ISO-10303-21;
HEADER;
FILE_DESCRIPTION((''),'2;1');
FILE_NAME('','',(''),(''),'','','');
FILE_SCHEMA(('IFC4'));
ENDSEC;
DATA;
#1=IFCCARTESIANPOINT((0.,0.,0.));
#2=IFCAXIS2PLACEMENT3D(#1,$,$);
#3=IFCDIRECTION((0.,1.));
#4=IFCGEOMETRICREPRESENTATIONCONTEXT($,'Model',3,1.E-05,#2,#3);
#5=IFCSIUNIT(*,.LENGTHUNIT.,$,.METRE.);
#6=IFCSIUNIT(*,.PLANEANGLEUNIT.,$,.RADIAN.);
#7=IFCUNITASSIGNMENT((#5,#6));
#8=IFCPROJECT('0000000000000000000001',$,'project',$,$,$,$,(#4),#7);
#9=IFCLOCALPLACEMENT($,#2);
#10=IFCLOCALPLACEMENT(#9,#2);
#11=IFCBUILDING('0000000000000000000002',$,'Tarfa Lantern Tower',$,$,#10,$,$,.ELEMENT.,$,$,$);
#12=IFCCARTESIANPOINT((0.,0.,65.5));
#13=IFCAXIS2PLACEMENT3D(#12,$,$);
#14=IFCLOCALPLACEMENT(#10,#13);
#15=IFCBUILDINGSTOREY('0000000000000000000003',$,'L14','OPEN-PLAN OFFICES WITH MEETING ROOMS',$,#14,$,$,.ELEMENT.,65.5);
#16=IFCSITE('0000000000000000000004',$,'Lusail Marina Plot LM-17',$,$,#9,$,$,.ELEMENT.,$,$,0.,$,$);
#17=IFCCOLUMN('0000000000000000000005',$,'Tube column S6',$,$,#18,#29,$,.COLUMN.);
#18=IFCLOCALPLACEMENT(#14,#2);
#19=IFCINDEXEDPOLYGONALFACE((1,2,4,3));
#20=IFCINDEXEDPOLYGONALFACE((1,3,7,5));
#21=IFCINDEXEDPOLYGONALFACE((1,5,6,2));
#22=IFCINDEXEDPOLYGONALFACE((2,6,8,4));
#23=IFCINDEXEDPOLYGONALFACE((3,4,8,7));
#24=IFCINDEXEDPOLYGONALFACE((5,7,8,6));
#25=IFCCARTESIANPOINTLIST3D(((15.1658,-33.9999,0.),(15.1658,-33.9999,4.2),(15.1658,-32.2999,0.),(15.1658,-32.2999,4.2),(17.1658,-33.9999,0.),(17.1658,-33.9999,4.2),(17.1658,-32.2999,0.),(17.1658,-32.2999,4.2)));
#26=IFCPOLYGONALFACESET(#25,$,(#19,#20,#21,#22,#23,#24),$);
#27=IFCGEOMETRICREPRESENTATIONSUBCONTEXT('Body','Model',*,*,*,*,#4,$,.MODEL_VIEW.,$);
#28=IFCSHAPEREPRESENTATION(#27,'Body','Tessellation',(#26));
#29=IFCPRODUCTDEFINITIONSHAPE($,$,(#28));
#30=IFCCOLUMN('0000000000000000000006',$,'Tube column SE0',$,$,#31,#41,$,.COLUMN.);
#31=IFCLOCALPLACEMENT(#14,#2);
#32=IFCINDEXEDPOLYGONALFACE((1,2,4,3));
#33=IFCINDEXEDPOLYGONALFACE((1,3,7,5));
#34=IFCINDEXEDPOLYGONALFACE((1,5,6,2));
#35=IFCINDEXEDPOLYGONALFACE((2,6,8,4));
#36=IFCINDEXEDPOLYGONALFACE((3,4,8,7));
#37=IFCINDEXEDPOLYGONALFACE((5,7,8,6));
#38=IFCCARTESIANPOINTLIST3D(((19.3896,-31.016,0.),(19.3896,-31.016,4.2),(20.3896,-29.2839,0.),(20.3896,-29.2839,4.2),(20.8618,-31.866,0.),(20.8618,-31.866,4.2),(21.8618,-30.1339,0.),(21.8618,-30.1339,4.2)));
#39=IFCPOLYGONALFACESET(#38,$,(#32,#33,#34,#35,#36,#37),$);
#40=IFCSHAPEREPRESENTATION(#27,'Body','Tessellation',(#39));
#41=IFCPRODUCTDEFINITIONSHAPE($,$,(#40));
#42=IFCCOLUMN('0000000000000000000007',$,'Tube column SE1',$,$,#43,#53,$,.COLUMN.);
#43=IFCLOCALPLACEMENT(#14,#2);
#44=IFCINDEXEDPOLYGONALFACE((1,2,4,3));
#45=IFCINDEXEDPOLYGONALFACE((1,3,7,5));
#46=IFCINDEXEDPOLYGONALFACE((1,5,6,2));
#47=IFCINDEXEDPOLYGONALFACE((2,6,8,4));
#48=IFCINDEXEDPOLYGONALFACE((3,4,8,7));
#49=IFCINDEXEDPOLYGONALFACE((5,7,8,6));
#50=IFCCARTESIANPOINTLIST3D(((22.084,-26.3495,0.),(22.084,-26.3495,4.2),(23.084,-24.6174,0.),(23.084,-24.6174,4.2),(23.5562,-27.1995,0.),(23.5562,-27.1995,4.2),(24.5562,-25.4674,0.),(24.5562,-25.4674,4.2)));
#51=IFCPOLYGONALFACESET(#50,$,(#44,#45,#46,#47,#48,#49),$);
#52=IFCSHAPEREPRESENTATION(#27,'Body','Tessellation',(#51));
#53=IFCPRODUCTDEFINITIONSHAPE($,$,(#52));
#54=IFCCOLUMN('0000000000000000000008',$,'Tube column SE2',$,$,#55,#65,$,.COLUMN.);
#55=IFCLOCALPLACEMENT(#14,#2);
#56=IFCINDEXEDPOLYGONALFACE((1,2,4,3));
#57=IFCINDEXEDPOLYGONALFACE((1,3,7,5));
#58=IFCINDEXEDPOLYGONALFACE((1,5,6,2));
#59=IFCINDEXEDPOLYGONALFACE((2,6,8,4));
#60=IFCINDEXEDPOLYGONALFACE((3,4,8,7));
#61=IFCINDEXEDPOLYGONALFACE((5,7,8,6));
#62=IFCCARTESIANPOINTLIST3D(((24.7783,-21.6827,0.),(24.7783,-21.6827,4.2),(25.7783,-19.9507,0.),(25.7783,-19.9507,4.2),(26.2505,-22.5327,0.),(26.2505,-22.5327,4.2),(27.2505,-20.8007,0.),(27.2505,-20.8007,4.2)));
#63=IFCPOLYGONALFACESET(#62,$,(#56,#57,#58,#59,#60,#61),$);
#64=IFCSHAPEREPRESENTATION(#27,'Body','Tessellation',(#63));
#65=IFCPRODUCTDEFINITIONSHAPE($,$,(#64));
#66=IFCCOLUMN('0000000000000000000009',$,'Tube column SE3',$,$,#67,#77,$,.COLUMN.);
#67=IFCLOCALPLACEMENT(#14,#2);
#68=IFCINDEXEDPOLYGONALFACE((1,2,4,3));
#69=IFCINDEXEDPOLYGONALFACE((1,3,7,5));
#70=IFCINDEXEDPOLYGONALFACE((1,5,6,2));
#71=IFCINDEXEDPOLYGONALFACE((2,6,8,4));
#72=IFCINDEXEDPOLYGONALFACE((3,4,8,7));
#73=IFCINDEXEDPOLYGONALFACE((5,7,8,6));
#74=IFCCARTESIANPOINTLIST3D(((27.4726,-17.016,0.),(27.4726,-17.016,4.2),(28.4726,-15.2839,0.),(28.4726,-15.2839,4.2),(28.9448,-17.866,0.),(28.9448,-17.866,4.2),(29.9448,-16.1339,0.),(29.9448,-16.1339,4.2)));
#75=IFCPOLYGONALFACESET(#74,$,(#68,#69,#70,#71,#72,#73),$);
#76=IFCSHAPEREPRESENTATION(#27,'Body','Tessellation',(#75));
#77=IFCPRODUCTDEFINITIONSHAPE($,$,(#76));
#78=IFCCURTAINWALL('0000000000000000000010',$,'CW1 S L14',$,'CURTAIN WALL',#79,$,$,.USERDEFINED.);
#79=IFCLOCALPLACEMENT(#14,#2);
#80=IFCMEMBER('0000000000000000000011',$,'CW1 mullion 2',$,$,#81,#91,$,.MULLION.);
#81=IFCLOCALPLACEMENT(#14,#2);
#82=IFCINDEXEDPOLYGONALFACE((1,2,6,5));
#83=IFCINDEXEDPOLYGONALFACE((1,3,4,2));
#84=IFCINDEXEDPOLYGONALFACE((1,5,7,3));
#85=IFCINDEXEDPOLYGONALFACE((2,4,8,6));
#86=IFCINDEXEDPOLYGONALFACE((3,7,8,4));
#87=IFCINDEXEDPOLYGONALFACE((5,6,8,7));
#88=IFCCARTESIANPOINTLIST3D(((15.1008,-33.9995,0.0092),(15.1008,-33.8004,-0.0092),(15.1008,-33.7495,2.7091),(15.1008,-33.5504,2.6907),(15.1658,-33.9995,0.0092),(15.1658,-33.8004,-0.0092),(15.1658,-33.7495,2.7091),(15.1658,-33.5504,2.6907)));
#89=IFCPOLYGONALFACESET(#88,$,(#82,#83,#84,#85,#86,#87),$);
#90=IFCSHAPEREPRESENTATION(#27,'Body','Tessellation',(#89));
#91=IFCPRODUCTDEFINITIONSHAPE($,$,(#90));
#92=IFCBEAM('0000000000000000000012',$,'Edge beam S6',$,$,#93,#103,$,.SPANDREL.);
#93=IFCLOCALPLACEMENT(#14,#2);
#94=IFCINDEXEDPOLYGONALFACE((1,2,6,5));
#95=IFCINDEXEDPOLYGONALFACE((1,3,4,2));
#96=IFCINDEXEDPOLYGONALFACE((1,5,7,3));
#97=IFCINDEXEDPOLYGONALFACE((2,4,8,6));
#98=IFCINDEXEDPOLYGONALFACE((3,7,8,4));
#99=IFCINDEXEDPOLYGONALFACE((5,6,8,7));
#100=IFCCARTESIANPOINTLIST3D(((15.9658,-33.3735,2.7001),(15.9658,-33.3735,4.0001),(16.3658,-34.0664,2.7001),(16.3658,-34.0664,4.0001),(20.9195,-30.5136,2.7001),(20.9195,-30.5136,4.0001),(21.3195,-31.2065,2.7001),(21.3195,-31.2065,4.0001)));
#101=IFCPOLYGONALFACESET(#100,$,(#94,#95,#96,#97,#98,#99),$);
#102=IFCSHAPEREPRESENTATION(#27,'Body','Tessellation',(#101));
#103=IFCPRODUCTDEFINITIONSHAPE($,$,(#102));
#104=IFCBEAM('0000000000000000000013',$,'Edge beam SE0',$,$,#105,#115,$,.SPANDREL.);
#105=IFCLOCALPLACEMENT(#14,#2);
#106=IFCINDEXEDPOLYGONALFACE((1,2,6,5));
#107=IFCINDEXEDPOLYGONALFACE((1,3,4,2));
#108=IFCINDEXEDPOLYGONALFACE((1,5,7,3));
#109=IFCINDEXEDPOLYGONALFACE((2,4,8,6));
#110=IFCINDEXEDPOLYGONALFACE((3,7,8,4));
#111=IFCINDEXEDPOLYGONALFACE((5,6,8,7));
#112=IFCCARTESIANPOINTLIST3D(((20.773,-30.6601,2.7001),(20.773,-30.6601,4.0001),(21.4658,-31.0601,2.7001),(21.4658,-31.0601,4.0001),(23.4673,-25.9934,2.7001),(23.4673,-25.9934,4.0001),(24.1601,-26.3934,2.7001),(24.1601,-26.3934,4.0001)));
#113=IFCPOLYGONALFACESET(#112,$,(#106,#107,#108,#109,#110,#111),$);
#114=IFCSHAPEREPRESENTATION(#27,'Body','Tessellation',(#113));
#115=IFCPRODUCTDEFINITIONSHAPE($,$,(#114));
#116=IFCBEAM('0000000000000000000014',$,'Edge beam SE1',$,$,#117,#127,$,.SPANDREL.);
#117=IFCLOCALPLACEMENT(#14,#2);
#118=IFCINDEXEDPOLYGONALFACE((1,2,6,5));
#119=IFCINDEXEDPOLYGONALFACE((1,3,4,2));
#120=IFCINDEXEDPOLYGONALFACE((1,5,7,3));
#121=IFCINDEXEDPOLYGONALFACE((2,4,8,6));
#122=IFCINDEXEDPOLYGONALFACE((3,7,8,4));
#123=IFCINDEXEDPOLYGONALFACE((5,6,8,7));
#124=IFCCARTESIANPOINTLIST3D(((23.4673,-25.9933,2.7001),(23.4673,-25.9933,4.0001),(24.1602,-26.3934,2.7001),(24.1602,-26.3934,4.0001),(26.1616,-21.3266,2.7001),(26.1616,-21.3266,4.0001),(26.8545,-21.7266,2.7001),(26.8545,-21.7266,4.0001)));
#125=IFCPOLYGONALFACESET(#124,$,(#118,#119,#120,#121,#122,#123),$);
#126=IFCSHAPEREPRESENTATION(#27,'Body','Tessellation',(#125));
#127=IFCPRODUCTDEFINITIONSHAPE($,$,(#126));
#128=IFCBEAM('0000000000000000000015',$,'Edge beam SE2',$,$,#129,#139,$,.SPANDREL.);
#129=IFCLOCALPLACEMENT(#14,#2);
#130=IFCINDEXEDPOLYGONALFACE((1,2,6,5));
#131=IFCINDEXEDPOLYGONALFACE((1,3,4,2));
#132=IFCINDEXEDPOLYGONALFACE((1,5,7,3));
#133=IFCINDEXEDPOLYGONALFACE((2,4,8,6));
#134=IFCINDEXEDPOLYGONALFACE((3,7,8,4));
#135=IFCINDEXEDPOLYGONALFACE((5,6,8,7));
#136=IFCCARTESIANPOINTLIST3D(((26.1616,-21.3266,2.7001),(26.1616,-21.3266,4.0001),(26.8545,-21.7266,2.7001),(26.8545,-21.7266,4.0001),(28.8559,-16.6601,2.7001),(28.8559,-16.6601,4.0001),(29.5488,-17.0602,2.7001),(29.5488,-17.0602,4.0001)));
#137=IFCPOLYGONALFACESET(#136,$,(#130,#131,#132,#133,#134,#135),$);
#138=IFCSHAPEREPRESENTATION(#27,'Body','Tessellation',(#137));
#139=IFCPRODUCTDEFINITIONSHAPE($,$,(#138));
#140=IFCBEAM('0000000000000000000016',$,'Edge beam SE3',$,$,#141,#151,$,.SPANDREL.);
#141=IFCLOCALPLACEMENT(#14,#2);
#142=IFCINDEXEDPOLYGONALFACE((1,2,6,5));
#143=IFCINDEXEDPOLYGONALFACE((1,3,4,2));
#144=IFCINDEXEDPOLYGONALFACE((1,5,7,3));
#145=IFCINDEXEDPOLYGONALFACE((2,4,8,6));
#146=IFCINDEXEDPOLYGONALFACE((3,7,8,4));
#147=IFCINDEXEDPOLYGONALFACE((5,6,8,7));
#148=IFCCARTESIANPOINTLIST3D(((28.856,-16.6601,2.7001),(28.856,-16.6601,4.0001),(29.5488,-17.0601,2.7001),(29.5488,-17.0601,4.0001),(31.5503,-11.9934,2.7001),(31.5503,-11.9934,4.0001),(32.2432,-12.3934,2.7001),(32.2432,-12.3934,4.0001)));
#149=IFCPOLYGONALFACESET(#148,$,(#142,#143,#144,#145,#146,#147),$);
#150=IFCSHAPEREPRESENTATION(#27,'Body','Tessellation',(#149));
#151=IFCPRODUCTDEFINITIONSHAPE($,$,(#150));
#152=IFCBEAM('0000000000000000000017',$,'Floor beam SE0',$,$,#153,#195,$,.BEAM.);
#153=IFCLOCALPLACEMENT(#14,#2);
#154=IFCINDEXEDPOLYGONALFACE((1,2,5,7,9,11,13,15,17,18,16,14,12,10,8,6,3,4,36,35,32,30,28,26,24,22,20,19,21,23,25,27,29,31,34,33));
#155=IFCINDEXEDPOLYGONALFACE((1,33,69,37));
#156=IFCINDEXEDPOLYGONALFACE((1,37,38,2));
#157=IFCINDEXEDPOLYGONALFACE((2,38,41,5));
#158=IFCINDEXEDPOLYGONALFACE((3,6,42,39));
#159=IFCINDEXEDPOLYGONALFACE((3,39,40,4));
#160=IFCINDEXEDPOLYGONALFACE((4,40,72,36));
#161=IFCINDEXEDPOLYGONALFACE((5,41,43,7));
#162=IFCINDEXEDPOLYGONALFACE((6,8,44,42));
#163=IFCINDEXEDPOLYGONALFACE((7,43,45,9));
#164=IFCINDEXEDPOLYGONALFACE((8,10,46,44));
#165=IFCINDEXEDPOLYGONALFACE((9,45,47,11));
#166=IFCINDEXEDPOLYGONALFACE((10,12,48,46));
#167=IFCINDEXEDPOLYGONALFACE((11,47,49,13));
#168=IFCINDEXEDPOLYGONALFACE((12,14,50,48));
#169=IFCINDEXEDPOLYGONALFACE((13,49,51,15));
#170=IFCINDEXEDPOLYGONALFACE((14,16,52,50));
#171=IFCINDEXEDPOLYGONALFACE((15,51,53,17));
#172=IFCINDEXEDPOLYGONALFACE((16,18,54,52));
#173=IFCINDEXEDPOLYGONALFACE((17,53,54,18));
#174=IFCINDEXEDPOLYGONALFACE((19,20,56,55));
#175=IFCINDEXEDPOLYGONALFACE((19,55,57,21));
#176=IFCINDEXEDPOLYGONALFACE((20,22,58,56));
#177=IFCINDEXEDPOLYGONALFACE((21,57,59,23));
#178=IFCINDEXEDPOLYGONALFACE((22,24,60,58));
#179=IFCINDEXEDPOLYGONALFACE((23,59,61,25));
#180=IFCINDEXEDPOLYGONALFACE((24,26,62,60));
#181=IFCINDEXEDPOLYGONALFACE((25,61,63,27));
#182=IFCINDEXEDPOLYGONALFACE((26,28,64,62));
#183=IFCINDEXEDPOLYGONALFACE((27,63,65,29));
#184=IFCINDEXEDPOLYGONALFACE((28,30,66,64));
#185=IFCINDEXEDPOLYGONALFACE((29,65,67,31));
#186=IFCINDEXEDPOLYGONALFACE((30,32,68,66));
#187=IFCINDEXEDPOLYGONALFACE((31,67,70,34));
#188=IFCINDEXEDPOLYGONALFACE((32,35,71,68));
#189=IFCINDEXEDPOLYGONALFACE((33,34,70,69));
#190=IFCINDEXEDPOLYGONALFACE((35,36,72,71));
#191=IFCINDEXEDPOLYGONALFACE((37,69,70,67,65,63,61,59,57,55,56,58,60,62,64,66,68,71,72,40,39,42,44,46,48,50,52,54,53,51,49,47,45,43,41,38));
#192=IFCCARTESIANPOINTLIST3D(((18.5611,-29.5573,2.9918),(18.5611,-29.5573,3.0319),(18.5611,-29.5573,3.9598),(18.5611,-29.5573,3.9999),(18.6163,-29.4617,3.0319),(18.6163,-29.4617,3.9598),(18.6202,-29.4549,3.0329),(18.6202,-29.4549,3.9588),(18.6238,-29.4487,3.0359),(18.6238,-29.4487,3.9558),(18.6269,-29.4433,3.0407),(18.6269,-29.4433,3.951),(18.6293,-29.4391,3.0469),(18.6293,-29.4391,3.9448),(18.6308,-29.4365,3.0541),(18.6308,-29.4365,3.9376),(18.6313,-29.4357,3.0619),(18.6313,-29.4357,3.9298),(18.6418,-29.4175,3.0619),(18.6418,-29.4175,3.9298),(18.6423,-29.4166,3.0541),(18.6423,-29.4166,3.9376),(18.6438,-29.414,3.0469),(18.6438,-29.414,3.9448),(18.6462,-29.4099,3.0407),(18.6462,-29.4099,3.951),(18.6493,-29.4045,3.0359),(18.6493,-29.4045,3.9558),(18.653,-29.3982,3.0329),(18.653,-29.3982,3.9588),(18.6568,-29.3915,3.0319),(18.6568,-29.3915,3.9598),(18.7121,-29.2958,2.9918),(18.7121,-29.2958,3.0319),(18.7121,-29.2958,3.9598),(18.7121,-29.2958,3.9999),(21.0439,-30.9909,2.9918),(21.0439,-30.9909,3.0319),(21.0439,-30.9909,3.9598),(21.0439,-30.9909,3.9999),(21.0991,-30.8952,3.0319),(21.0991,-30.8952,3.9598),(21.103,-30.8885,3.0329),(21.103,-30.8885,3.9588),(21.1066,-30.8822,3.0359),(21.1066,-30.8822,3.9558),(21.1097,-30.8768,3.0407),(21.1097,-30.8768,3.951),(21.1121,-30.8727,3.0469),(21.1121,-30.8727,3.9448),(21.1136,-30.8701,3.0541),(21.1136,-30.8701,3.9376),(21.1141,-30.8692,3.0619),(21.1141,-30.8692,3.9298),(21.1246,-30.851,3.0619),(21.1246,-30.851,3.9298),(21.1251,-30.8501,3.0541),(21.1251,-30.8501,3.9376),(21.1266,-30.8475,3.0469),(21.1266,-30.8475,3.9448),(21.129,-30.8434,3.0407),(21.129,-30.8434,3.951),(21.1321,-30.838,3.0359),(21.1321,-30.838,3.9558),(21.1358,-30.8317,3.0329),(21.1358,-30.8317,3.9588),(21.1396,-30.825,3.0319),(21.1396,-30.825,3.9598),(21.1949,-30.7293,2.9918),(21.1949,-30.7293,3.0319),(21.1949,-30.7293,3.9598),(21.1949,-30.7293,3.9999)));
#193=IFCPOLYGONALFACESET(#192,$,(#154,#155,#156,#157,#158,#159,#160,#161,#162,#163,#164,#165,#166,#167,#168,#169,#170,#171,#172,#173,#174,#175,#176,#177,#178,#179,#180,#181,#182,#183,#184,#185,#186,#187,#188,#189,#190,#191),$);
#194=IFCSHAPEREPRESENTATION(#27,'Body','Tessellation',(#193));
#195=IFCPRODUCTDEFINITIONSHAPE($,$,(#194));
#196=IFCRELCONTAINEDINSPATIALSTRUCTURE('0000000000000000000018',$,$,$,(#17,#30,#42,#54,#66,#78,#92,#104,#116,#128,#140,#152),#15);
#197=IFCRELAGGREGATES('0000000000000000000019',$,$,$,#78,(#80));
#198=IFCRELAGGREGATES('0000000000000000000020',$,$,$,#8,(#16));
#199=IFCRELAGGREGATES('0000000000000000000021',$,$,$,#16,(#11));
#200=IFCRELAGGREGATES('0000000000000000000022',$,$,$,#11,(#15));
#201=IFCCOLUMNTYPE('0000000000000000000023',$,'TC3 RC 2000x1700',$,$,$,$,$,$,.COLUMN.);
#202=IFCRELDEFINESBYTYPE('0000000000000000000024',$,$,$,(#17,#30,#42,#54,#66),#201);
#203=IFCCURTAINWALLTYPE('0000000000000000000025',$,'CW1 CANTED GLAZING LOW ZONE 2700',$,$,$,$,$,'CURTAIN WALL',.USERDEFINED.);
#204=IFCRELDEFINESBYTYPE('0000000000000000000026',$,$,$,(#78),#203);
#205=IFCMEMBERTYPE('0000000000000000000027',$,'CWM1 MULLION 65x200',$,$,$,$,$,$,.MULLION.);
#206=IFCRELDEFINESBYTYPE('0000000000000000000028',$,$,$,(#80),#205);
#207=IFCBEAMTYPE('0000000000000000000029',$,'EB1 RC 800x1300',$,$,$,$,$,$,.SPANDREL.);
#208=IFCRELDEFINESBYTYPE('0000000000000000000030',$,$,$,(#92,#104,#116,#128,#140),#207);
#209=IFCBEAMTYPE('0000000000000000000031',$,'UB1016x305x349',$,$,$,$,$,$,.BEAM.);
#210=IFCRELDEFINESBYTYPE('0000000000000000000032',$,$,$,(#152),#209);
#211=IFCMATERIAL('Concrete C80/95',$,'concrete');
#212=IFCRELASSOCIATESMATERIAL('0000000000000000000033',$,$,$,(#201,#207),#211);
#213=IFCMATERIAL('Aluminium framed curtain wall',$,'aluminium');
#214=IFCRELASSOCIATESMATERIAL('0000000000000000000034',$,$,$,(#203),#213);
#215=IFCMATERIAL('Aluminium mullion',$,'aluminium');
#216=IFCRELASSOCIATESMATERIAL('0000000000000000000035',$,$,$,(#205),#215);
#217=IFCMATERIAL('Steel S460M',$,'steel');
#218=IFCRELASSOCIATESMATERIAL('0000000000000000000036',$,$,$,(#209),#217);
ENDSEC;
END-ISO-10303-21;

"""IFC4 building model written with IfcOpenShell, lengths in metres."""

from ifc_helpers import new_model, si_unit, direction, frame, origin, origin_2d, place, context, subcontext, project, spatial, rectangle, i_section, extrude, material, material_profile, profile_set, type_object, element, aggregate, save


model = new_model("IFC4")

# Units and contexts
model_context = context("Model", 3, precision=1e-05, world=origin(), true_north=direction((0.0, 1.0)))
body_context = subcontext(model_context, "Body", "Model", "MODEL_VIEW")
ifc_project = project(units=[si_unit("LENGTHUNIT", "METRE"), si_unit("PLANEANGLEUNIT", "RADIAN")], contexts=[model_context])

# Site, building, storey
site_placement = place(None, origin())
site = spatial("IfcSite", under=ifc_project, at=site_placement, Name="Lusail Marina Plot LM-17", CompositionType="ELEMENT", RefElevation=0.0)
building_placement = place(site_placement, origin())
building = spatial("IfcBuilding", under=site, at=building_placement, Name="Tarfa Lantern Tower", CompositionType="ELEMENT")
storey_placement = place(building_placement, frame((0.0, 0.0, 65.5)))
storey = spatial("IfcBuildingStorey", under=building, at=storey_placement, Name="L14", Description="OPEN-PLAN OFFICES WITH MEETING ROOMS", CompositionType="ELEMENT", Elevation=65.5)

# Columns
ifc_material_1 = material(Name="Concrete C80/95", Category="concrete")
ifc_material_profile_1 = material_profile(ifc_material_1, rectangle(XDim=2.0, YDim=1.7, at=origin_2d()), Name="RC 2000x1700")
ifc_profile_set_1 = profile_set([ifc_material_profile_1], Name="Concrete C80/95")
column_type = type_object("IfcColumnType", Name="TC3 RC 2000x1700", PredefinedType="COLUMN", material=ifc_profile_set_1)
for number, where, z_axis, x_axis, name in (
    (1, (16.1658, -33.1499, 0.0), (0.0, 0.0, 1.0), (1.0, 0.0, 0.0), "Tube column S6"),
    (2, (20.6257, -30.575, 0.0), (0.0, 0.0, 1.0), (0.5, 0.866025, 0.0), "Tube column SE0"),
    (3, (23.3201, -25.9084, 0.0), (0.0, 0.0, 1.0), (0.5, 0.866025, 0.0), "Tube column SE1"),
    (4, (26.0144, -21.2417, 0.0), (0.0, 0.0, 1.0), (0.5, 0.866025, 0.0), "Tube column SE2"),
    (5, (28.7087, -16.575, 0.0), (0.0, 0.0, 1.0), (0.5, 0.866025, 0.0), "Tube column SE3"),
):
    element("IfcColumn", number, at=place(storey_placement, frame(where, z_axis=z_axis, x_axis=x_axis)), inside=storey, type_object=column_type, Name=name, PredefinedType="COLUMN", context=body_context, shape_type="SweptSolid", body=[
        extrude(rectangle(XDim=2.0, YDim=1.7, at=origin_2d()), origin(), (0.0, 0.0, 1.0), 4.2),
    ])

# Curtain wall, member
ifc_material_2 = material(Name="Aluminium framed curtain wall", Category="aluminium")
curtain_wall_type = type_object("IfcCurtainWallType", Name="CW1 CANTED GLAZING LOW ZONE 2700", ElementType="CURTAIN WALL", PredefinedType="USERDEFINED", material=ifc_material_2)
curtain_wall_placement = place(storey_placement, origin())
curtain_wall = element("IfcCurtainWall", 6, at=curtain_wall_placement, inside=storey, type_object=curtain_wall_type, Name="CW1 S L14", ObjectType="CURTAIN WALL", PredefinedType="USERDEFINED")
ifc_material_3 = material(Name="Aluminium mullion", Category="aluminium")
ifc_material_profile_2 = material_profile(ifc_material_3, rectangle(XDim=0.0649, YDim=0.2, at=origin_2d()), Name="AL MULLION 65x200")
ifc_profile_set_2 = profile_set([ifc_material_profile_2], Name="Aluminium mullion")
member_type = type_object("IfcMemberType", Name="CWM1 MULLION 65x200", PredefinedType="MULLION", material=ifc_profile_set_2)
member_placement = place(storey_placement, frame((15.1333, -33.8999, 0.0), z_axis=(0.0, 0.0922, 0.995741), x_axis=(-1.0, 0.0, 0.0)))
member = element("IfcMember", 7, at=member_placement, type_object=member_type, Name="CW1 mullion 2", PredefinedType="MULLION", context=body_context, shape_type="SweptSolid", body=[
    extrude(rectangle(XDim=0.0649, YDim=0.2, at=origin_2d()), origin(), (0.0, 0.0, 1.0), 2.7114),
])
aggregate(curtain_wall, [member])

# Beams
ifc_material_profile_3 = material_profile(ifc_material_1, rectangle(XDim=0.8, YDim=1.3, at=origin_2d()), Name="RC 800x1300")
ifc_profile_set_3 = profile_set([ifc_material_profile_3], Name="Concrete C80/95")
beam_type_1 = type_object("IfcBeamType", Name="EB1 RC 800x1300", PredefinedType="SPANDREL", material=ifc_profile_set_3)
beam_1_placement = place(storey_placement, frame((16.1658, -33.72, 3.3501), z_axis=(0.866033, 0.499986, 0.0), x_axis=(-0.499986, 0.866033, 0.0)))
element("IfcBeam", 8, at=beam_1_placement, inside=storey, type_object=beam_type_1, Name="Edge beam S6", PredefinedType="SPANDREL", context=body_context, shape_type="SweptSolid", body=[
    extrude(rectangle(XDim=0.8, YDim=1.3, at=origin_2d()), origin(), (0.0, 0.0, 1.0), 5.72),
])
for number, where, z_axis, x_axis, name in (
    (9, (21.1194, -30.8601, 3.3501), (0.499998, 0.866026, 0.0), (-0.866026, 0.499998, 0.0), "Edge beam SE0"),
    (10, (23.8137, -26.1934, 3.3501), (0.499998, 0.866026, 0.0), (-0.866026, 0.499998, 0.0), "Edge beam SE1"),
):
    element("IfcBeam", number, at=place(storey_placement, frame(where, z_axis=z_axis, x_axis=x_axis)), inside=storey, type_object=beam_type_1, Name=name, PredefinedType="SPANDREL", context=body_context, shape_type="SweptSolid", body=[
        extrude(rectangle(XDim=0.8, YDim=1.3, at=origin_2d()), origin(), (0.0, 0.0, 1.0), 5.3887),
    ])
beam_2_placement = place(storey_placement, frame((26.5081, -21.5266, 3.3501), z_axis=(0.500018, 0.866015, 0.0), x_axis=(-0.866015, 0.500018, 0.0)))
element("IfcBeam", 11, at=beam_2_placement, inside=storey, type_object=beam_type_1, Name="Edge beam SE2", PredefinedType="SPANDREL", context=body_context, shape_type="SweptSolid", body=[
    extrude(rectangle(XDim=0.8, YDim=1.3, at=origin_2d()), origin(), (0.0, 0.0, 1.0), 5.3884),
])
beam_3_placement = place(storey_placement, frame((29.2024, -16.8601, 3.3501), z_axis=(0.499998, 0.866026, 0.0), x_axis=(-0.866026, 0.499998, 0.0)))
element("IfcBeam", 12, at=beam_3_placement, inside=storey, type_object=beam_type_1, Name="Edge beam SE3", PredefinedType="SPANDREL", context=body_context, shape_type="SweptSolid", body=[
    extrude(rectangle(XDim=0.8, YDim=1.3, at=origin_2d()), origin(), (0.0, 0.0, 1.0), 5.3887),
])
ifc_material_4 = material(Name="Steel S460M", Category="steel")
ifc_material_profile_4 = material_profile(ifc_material_4, i_section(OverallWidth=0.302, OverallDepth=1.0081, WebThickness=0.021, FlangeThickness=0.04, FilletRadius=0.03, at=origin_2d()), Name="UB1016x305x349")
ifc_profile_set_4 = profile_set([ifc_material_profile_4], Name="Steel S460M")
beam_type_2 = type_object("IfcBeamType", Name="UB1016x305x349", PredefinedType="BEAM", material=ifc_profile_set_4)
beam_4_placement = place(storey_placement, frame((21.1194, -30.8601, 3.4958), z_axis=(-0.866013, 0.500022, 0.0), x_axis=(-0.500022, -0.866013, 0.0)))
element("IfcBeam", 13, at=beam_4_placement, inside=storey, type_object=beam_type_2, Name="Floor beam SE0", PredefinedType="BEAM", context=body_context, shape_type="SweptSolid", body=[
    extrude(i_section(OverallWidth=0.302, OverallDepth=1.0081, WebThickness=0.021, FlangeThickness=0.04, FilletRadius=0.03, at=origin_2d()), origin(), (0.0, 0.0, 1.0), 2.8669),
])

save(model, "model.ifc")
